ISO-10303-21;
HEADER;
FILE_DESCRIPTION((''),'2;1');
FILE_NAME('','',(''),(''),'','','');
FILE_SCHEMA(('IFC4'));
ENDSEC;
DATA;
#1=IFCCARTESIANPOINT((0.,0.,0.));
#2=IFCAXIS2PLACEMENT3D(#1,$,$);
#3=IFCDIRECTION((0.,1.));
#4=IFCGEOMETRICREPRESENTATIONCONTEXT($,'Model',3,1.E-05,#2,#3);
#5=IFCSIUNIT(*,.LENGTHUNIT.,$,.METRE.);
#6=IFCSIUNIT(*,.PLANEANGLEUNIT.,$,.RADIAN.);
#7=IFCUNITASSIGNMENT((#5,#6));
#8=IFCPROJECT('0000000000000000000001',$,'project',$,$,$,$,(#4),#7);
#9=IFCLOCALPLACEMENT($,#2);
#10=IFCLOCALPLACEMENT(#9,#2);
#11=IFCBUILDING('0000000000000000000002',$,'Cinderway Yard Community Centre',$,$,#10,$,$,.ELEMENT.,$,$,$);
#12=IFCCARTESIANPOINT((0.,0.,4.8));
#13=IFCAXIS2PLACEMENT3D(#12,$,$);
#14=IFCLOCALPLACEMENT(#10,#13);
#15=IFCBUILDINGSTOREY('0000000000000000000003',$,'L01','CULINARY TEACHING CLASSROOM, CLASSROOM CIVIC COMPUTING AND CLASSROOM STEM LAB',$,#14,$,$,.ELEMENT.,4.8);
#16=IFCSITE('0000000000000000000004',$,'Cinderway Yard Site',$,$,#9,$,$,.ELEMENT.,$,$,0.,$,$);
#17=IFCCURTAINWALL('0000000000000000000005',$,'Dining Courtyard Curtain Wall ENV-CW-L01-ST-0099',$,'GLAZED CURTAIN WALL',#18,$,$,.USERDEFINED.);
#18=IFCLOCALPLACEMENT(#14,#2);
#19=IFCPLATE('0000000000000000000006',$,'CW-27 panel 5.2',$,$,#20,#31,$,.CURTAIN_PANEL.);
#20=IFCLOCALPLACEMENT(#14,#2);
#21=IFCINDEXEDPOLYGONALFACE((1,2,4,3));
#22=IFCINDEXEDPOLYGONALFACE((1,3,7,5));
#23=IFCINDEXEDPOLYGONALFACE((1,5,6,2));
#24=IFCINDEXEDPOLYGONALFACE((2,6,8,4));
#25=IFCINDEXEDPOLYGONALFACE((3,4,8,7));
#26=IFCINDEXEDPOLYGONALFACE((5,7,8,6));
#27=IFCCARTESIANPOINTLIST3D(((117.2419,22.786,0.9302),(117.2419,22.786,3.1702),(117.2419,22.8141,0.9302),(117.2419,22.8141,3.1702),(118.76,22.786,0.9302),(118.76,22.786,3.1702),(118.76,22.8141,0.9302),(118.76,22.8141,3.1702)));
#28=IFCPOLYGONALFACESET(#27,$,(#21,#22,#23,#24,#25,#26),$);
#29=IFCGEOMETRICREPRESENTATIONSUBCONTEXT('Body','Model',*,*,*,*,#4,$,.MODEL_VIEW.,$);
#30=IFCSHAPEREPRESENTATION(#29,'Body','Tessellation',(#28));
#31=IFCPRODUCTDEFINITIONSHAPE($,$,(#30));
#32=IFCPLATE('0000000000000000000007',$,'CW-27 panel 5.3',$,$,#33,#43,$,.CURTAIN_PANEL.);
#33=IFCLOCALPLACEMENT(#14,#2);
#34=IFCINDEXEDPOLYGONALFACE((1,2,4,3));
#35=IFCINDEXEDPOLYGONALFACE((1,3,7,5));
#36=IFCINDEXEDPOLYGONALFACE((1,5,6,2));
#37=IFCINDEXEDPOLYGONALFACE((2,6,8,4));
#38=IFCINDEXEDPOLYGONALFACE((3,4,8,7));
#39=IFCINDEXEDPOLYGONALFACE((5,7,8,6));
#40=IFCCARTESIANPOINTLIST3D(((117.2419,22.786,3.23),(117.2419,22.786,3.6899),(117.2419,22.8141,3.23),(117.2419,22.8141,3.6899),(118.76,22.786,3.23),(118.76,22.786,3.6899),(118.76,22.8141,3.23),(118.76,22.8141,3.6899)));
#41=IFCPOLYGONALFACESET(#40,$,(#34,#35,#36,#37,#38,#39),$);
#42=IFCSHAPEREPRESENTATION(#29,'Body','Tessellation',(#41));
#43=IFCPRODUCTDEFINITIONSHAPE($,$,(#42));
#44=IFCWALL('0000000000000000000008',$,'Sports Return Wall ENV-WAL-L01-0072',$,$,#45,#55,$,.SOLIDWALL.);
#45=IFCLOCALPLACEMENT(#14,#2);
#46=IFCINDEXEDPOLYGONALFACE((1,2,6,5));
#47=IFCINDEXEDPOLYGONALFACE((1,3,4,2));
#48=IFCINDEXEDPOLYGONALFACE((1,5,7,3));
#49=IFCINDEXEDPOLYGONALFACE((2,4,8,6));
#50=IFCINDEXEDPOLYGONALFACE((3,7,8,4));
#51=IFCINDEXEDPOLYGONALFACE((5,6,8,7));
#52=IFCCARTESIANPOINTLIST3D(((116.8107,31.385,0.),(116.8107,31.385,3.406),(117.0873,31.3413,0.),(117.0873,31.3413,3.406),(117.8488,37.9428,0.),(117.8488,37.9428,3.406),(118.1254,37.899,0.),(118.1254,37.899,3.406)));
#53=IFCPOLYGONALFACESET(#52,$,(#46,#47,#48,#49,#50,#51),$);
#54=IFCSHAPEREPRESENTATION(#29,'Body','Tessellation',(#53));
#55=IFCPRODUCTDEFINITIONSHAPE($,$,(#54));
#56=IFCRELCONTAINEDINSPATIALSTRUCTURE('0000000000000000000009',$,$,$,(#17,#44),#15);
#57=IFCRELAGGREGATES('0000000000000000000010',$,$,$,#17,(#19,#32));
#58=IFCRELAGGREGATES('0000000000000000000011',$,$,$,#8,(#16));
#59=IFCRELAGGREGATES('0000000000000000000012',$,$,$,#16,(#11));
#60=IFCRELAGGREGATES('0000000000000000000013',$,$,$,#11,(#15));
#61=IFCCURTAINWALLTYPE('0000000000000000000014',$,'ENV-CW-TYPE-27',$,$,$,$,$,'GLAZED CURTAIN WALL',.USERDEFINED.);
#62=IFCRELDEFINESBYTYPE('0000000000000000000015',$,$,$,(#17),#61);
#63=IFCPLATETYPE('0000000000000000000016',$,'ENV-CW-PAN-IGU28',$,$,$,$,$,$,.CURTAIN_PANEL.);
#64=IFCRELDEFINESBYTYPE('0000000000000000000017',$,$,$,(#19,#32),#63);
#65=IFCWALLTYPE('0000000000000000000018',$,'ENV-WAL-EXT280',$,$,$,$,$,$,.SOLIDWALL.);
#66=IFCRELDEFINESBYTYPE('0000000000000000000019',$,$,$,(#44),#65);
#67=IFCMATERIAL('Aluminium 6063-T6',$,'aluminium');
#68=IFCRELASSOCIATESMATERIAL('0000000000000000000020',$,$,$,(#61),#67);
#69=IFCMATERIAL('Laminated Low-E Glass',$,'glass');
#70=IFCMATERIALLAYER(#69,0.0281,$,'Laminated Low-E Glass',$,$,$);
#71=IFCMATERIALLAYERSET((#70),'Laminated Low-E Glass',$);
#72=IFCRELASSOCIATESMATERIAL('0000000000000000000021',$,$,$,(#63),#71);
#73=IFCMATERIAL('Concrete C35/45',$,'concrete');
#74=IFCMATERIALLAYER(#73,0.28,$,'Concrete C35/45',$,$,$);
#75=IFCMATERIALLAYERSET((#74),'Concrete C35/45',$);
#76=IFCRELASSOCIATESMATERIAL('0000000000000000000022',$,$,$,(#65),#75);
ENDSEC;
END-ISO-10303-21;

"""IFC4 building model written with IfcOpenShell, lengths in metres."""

from ifc_helpers import new_model, si_unit, direction, frame, frame_2d, origin, origin_2d, place, context, subcontext, project, spatial, rectangle, extrude, material, layer, layer_set, type_object, element, aggregate, save


model = new_model("IFC4")

# Units and contexts
model_context = context("Model", 3, precision=1e-05, world=origin(), true_north=direction((0.0, 1.0)))
body_context = subcontext(model_context, "Body", "Model", "MODEL_VIEW")
ifc_project = project(units=[si_unit("LENGTHUNIT", "METRE"), si_unit("PLANEANGLEUNIT", "RADIAN")], contexts=[model_context])

# Site, building, storey
site_placement = place(None, origin())
site = spatial("IfcSite", under=ifc_project, at=site_placement, Name="Cinderway Yard Site", CompositionType="ELEMENT", RefElevation=0.0)
building_placement = place(site_placement, origin())
building = spatial("IfcBuilding", under=site, at=building_placement, Name="Cinderway Yard Community Centre", CompositionType="ELEMENT")
storey_placement = place(building_placement, frame((0.0, 0.0, 4.8)))
storey = spatial("IfcBuildingStorey", under=building, at=storey_placement, Name="L01", Description="CULINARY TEACHING CLASSROOM, CLASSROOM CIVIC COMPUTING AND CLASSROOM STEM LAB", CompositionType="ELEMENT", Elevation=4.8)

# Shared definitions
ifc_material_1 = material(Name="Aluminium 6063-T6", Category="aluminium")

# Curtain wall
curtain_wall_type_1 = type_object("IfcCurtainWallType", Name="ENV-CW-TYPE-27", ElementType="GLAZED CURTAIN WALL", PredefinedType="USERDEFINED", material=ifc_material_1)
curtain_wall_1_placement = place(storey_placement, origin())
curtain_wall_1 = element("IfcCurtainWall", 1, at=curtain_wall_1_placement, inside=storey, type_object=curtain_wall_type_1, Name="Dining Courtyard Curtain Wall ENV-CW-L01-ST-0099", ObjectType="GLAZED CURTAIN WALL", PredefinedType="USERDEFINED")

# Plates
ifc_material_2 = material(Name="Laminated Low-E Glass", Category="glass")
ifc_layer_1 = layer(ifc_material_2, 0.0281, Name="Laminated Low-E Glass")
ifc_layer_set_1 = layer_set([ifc_layer_1], Name="Laminated Low-E Glass")
plate_type = type_object("IfcPlateType", Name="ENV-CW-PAN-IGU28", PredefinedType="CURTAIN_PANEL", material=ifc_layer_set_1)
plate_1_placement = place(storey_placement, frame((118.001, 22.8, 0.9302), z_axis=(0.0, 0.0, 1.0), x_axis=(1.0, 0.0, 0.0)))
plate_1 = element("IfcPlate", 2, at=plate_1_placement, type_object=plate_type, Name="CW-27 panel 5.2", PredefinedType="CURTAIN_PANEL", context=body_context, shape_type="SweptSolid", body=[
    extrude(rectangle(XDim=1.5181, YDim=0.0281, at=origin_2d()), origin(), (0.0, 0.0, 1.0), 2.24),
])
plate_2_placement = place(storey_placement, frame((118.001, 22.8, 3.23), z_axis=(0.0, 0.0, 1.0), x_axis=(1.0, 0.0, 0.0)))
plate_2 = element("IfcPlate", 3, at=plate_2_placement, type_object=plate_type, Name="CW-27 panel 5.3", PredefinedType="CURTAIN_PANEL", context=body_context, shape_type="SweptSolid", body=[
    extrude(rectangle(XDim=1.5181, YDim=0.0281, at=origin_2d()), origin(), (0.0, 0.0, 1.0), 0.46),
])
aggregate(curtain_wall_1, [plate_1, plate_2])

# Wall
ifc_material_3 = material(Name="Concrete C35/45", Category="concrete")
ifc_layer_2 = layer(ifc_material_3, 0.28, Name="Concrete C35/45")
ifc_layer_set_2 = layer_set([ifc_layer_2], Name="Concrete C35/45")
wall_type = type_object("IfcWallType", Name="ENV-WAL-EXT280", PredefinedType="SOLIDWALL", material=ifc_layer_set_2)
wall_placement = place(storey_placement, frame((116.949, 31.363, 0.0), z_axis=(0.0, 0.0, 1.0), x_axis=(0.15635, 0.987702, 0.0)))
element("IfcWall", 4, at=wall_placement, inside=storey, type_object=wall_type, Name="Sports Return Wall ENV-WAL-L01-0072", PredefinedType="SOLIDWALL", context=body_context, shape_type="SweptSolid", body=[
    extrude(rectangle(XDim=6.6394, YDim=0.28, at=frame_2d((3.3198, 0.0))), origin(), (0.0, 0.0, 1.0), 3.406),
])

save(model, "model.ifc")
